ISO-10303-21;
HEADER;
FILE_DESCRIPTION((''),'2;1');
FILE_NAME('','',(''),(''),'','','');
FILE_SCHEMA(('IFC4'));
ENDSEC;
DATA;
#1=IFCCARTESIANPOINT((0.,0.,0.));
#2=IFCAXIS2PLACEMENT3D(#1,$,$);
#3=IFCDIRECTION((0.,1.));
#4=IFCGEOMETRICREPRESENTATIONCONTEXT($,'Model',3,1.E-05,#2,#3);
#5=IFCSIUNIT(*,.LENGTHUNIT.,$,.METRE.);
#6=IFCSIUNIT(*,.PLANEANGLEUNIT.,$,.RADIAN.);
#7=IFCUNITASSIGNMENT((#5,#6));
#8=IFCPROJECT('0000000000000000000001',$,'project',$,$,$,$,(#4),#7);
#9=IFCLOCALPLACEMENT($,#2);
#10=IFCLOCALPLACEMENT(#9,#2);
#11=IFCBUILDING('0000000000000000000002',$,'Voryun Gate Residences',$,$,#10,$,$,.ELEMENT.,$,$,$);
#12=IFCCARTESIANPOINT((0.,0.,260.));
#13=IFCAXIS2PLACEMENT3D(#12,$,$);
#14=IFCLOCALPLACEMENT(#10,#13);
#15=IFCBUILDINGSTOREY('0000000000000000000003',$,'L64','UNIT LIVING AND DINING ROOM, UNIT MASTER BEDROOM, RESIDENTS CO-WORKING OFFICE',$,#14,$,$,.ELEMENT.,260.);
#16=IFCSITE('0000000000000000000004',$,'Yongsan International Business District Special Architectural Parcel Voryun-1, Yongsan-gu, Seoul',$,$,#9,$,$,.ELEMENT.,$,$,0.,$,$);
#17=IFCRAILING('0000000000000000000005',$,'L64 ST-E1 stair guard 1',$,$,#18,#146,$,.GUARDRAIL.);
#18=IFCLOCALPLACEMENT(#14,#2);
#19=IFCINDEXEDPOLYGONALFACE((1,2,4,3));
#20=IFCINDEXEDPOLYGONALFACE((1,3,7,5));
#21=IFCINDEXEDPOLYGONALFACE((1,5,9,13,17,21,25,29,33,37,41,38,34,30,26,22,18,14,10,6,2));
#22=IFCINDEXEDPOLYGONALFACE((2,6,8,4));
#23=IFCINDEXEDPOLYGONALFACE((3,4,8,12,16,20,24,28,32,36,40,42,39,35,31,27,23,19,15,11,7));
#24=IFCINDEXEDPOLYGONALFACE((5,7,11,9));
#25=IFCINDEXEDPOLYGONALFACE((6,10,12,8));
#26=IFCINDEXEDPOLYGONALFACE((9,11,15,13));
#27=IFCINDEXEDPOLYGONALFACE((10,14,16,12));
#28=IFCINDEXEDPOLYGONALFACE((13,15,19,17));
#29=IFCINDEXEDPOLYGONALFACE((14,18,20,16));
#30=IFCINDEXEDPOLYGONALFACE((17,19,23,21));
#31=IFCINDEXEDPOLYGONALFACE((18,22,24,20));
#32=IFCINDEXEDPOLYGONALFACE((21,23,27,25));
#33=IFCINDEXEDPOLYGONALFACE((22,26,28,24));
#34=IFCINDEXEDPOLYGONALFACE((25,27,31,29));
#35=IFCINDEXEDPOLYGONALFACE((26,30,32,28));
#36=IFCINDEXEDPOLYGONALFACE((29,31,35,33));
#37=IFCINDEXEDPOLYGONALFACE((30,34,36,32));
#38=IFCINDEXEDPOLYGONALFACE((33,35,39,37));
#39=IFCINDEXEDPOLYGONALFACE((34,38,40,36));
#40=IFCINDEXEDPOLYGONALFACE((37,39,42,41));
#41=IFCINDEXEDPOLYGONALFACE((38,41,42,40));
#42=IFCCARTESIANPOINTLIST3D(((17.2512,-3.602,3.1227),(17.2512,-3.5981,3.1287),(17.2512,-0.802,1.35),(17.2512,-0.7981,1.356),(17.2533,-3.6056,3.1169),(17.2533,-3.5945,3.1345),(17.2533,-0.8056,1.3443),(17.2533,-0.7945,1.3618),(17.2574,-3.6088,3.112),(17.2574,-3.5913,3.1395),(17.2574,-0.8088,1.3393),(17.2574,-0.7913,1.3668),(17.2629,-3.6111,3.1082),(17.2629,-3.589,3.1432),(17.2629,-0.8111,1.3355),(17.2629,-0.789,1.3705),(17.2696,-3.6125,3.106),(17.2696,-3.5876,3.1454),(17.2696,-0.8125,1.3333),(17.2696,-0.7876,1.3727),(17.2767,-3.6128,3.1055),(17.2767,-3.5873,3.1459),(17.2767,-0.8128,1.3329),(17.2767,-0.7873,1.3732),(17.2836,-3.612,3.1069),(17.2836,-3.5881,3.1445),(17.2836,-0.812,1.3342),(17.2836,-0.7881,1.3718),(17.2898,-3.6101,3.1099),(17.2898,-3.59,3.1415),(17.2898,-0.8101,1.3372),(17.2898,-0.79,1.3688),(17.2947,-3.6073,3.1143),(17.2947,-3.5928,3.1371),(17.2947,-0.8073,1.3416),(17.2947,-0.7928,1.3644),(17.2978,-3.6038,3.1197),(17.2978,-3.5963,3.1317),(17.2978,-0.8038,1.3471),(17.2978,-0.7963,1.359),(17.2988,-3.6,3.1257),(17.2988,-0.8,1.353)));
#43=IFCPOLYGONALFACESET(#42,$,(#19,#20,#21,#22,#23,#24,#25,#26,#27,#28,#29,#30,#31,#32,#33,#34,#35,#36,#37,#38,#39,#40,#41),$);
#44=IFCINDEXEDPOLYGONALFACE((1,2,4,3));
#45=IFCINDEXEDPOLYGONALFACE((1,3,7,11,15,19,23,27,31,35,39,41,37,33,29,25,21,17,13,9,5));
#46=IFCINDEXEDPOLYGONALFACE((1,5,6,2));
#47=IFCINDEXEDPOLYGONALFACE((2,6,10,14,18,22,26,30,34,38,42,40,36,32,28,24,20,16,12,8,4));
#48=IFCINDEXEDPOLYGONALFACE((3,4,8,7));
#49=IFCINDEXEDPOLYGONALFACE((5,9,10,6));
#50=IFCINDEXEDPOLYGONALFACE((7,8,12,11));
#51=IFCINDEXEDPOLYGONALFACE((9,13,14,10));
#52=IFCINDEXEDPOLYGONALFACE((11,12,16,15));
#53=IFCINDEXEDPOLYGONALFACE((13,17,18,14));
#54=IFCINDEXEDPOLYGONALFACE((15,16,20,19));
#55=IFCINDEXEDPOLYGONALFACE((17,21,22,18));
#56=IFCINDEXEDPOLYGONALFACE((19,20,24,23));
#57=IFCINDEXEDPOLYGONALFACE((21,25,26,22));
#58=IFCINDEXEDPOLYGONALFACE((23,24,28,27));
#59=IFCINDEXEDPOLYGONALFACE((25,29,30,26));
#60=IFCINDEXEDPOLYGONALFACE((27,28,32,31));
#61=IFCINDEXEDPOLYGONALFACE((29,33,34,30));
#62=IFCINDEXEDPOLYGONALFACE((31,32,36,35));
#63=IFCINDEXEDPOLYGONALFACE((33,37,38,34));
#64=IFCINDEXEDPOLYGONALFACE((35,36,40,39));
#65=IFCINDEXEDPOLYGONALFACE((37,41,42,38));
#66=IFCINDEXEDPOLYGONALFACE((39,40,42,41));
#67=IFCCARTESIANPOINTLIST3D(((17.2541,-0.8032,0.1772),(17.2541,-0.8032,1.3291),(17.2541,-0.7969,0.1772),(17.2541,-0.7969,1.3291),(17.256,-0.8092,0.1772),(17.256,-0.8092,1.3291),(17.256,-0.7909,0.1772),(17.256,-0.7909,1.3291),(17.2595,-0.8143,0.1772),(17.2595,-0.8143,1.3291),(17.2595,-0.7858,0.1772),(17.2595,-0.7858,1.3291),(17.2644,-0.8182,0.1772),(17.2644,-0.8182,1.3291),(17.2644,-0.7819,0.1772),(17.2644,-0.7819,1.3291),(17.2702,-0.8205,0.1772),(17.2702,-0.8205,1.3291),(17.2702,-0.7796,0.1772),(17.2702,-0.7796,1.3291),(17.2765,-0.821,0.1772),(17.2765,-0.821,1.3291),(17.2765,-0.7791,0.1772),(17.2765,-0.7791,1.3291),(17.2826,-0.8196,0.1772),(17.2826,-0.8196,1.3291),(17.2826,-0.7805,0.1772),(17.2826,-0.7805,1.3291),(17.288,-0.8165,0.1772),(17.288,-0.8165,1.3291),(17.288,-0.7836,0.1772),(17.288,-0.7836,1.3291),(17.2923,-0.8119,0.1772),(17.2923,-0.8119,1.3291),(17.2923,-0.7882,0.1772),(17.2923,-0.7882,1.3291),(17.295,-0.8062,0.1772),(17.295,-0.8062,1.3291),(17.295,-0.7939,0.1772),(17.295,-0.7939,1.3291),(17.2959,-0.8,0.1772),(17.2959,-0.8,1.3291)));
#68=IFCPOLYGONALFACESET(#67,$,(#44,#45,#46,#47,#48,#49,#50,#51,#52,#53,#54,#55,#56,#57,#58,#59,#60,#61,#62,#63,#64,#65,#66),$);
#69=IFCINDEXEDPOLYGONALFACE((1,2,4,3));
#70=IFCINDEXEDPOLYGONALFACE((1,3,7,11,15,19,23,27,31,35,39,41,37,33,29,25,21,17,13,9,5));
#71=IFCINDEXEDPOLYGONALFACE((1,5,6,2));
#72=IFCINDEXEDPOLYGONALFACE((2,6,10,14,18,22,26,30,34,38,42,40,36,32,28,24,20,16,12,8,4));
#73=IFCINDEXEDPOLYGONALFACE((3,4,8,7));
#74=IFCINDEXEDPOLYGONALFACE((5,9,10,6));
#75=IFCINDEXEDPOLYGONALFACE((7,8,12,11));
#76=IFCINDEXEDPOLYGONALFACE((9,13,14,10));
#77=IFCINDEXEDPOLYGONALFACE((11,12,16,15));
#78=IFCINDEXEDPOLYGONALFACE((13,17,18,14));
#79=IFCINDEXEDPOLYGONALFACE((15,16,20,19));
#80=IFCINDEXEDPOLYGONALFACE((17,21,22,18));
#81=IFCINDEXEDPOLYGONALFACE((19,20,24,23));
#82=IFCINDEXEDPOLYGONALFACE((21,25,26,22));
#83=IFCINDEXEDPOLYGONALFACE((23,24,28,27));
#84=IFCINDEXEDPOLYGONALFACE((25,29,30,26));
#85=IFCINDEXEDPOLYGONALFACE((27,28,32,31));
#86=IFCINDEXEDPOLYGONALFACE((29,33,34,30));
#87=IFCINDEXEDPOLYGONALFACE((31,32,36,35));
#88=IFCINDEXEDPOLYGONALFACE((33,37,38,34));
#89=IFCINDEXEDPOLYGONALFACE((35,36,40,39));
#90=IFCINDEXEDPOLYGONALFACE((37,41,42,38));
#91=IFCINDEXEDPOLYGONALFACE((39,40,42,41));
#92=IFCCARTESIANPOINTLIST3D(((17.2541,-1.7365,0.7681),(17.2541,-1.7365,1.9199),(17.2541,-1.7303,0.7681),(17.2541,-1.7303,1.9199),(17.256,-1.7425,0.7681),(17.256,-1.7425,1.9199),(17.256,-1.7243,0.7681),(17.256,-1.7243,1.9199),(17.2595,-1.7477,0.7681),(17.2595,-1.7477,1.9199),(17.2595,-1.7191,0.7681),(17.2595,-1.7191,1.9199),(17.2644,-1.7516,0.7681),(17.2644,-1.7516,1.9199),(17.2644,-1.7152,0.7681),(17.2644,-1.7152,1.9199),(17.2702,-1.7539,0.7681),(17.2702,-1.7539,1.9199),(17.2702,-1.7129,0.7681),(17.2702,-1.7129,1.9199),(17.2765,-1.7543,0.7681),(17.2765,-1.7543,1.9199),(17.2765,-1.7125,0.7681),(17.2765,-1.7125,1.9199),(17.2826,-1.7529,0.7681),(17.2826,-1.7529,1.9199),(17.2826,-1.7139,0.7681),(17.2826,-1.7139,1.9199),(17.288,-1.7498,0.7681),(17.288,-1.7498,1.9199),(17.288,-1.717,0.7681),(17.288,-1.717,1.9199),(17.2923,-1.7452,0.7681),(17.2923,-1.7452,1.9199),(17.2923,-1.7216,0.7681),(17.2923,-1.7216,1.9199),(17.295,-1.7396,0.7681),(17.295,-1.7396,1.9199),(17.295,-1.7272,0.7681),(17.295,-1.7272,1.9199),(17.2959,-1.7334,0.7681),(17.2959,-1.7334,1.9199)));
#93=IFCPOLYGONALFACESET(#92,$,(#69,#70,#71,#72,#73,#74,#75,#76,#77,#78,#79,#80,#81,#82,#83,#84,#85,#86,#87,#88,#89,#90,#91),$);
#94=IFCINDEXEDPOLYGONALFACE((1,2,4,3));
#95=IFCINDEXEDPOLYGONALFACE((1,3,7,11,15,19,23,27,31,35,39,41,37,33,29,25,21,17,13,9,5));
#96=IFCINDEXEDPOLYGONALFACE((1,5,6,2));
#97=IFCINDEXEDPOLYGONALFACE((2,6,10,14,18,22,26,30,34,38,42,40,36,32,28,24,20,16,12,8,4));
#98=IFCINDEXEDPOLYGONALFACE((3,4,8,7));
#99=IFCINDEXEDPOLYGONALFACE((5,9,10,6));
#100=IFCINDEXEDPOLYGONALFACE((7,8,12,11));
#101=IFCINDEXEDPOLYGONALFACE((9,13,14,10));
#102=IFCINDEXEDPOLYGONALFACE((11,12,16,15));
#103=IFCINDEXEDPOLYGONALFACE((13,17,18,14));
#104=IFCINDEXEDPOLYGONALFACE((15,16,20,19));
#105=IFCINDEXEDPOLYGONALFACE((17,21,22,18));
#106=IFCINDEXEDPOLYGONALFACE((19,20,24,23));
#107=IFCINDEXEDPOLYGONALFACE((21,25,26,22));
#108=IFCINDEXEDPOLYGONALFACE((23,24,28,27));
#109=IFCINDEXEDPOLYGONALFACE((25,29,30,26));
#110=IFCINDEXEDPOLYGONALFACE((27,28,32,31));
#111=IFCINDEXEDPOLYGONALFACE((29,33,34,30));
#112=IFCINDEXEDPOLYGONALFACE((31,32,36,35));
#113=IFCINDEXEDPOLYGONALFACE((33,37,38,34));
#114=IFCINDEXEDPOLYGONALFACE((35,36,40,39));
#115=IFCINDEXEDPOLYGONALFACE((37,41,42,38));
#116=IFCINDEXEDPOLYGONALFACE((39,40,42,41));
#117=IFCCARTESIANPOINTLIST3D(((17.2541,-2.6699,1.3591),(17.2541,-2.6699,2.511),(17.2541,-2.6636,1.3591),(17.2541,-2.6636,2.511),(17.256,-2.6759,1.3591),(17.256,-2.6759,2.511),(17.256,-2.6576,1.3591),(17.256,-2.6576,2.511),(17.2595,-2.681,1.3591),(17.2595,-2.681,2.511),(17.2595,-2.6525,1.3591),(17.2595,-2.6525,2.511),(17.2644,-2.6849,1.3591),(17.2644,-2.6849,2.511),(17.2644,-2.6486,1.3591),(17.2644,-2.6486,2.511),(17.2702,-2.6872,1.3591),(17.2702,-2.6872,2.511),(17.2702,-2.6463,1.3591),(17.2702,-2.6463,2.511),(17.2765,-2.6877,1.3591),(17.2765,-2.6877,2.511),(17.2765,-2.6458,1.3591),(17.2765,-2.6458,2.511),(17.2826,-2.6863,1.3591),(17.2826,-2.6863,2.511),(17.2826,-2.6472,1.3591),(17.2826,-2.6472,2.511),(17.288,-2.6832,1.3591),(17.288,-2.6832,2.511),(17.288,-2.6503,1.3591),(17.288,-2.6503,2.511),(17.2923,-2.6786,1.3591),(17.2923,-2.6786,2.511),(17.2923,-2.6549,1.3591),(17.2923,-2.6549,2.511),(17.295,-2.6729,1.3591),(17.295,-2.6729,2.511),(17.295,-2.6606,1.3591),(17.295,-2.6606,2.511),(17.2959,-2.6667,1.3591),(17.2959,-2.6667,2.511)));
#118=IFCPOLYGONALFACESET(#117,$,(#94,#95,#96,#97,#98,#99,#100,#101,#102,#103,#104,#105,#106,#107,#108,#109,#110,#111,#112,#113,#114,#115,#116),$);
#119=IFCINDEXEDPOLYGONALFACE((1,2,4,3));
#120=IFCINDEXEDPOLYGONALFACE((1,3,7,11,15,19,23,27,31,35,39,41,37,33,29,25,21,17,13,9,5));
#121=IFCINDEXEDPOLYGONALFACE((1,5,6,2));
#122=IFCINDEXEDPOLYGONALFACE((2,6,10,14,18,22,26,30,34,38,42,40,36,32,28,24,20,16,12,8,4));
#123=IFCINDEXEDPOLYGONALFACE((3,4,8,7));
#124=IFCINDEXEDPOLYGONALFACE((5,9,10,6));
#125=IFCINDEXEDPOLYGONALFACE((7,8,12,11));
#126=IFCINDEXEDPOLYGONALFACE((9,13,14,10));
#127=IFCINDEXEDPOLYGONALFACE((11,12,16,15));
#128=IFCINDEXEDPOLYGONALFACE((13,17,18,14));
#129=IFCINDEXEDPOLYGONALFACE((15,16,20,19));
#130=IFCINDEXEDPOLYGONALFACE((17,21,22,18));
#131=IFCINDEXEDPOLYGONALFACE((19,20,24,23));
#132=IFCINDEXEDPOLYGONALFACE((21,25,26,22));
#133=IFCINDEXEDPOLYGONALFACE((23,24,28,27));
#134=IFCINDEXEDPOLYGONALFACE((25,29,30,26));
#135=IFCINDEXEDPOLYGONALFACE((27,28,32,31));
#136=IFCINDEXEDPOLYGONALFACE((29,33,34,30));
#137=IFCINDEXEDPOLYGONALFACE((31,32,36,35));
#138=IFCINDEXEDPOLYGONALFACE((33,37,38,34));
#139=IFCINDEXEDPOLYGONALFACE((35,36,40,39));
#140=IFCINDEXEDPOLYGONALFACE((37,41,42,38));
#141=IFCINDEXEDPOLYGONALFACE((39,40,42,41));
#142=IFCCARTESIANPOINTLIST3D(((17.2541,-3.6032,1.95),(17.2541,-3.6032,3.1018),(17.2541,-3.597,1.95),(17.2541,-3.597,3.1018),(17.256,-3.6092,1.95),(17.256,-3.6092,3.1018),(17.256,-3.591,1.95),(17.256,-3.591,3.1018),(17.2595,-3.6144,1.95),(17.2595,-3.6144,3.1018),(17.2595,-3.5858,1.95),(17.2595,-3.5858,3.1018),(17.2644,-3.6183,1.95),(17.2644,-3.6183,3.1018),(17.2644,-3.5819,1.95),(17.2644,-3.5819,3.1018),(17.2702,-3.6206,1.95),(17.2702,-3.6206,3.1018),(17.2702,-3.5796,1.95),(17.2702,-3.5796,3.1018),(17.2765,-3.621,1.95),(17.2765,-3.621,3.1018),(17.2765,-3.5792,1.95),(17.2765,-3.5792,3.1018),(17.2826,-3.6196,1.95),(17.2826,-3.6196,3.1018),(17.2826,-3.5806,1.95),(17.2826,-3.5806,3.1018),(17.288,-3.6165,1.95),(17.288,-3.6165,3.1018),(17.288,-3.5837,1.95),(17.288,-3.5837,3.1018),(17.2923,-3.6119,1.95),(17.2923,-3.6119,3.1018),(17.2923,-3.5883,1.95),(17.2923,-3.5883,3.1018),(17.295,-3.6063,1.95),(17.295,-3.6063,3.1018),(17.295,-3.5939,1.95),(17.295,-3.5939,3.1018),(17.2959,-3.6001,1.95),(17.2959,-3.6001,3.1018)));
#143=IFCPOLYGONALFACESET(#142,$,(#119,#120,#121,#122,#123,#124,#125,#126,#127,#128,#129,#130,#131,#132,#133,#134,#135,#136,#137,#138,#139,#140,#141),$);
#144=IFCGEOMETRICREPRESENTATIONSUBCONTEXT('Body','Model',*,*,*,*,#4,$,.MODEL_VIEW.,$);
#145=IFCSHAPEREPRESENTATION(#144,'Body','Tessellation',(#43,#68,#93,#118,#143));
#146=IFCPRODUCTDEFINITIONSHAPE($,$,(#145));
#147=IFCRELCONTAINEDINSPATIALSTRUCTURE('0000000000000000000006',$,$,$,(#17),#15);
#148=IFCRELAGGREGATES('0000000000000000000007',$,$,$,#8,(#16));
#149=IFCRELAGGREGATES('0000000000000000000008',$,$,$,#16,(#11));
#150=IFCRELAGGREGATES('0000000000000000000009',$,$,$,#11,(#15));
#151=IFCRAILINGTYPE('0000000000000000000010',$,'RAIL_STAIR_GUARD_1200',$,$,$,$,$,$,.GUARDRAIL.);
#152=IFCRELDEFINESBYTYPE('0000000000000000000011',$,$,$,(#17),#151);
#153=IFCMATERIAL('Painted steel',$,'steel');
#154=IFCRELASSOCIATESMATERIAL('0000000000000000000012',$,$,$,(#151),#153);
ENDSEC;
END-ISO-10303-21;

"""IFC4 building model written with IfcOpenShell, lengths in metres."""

from ifc_helpers import new_model, si_unit, direction, frame, origin, origin_2d, place, context, subcontext, project, spatial, circle, extrude, material, type_object, element, save


model = new_model("IFC4")

# Units and contexts
model_context = context("Model", 3, precision=1e-05, world=origin(), true_north=direction((0.0, 1.0)))
body_context = subcontext(model_context, "Body", "Model", "MODEL_VIEW")
ifc_project = project(units=[si_unit("LENGTHUNIT", "METRE"), si_unit("PLANEANGLEUNIT", "RADIAN")], contexts=[model_context])

# Site, building, storey
site_placement = place(None, origin())
site = spatial("IfcSite", under=ifc_project, at=site_placement, Name="Yongsan International Business District Special Architectural Parcel Voryun-1, Yongsan-gu, Seoul", CompositionType="ELEMENT", RefElevation=0.0)
building_placement = place(site_placement, origin())
building = spatial("IfcBuilding", under=site, at=building_placement, Name="Voryun Gate Residences", CompositionType="ELEMENT")
storey_placement = place(building_placement, frame((0.0, 0.0, 260.0)))
storey = spatial("IfcBuildingStorey", under=building, at=storey_placement, Name="L64", Description="UNIT LIVING AND DINING ROOM, UNIT MASTER BEDROOM, RESIDENTS CO-WORKING OFFICE", CompositionType="ELEMENT", Elevation=260.0)

# Railing
ifc_material_1 = material(Name="Painted steel", Category="steel")
railing_type_1 = type_object("IfcRailingType", Name="RAIL_STAIR_GUARD_1200", PredefinedType="GUARDRAIL", material=ifc_material_1)
railing_1_placement = place(storey_placement, frame((17.2749, -0.8, 0.1772)))
element("IfcRailing", 1, at=railing_1_placement, inside=storey, type_object=railing_type_1, Name="L64 ST-E1 stair guard 1", PredefinedType="GUARDRAIL", context=body_context, shape_type="SweptSolid", body=[
    extrude(circle(Radius=0.0239, at=origin_2d()), frame((0.0, 0.0, 1.1758), z_axis=(0.0, -0.844909, 0.53491), x_axis=(1.0, 0.0, 0.0)), (0.0, 0.0, 1.0), 3.314),
    extrude(circle(Radius=0.021, at=origin_2d()), origin(), (0.0, 0.0, 1.0), 1.1519),
    extrude(circle(Radius=0.021, at=origin_2d()), frame((0.0, -0.9333, 0.5908)), (0.0, 0.0, 1.0), 1.1519),
    extrude(circle(Radius=0.021, at=origin_2d()), frame((0.0, -1.8667, 1.1819)), (0.0, 0.0, 1.0), 1.1519),
    extrude(circle(Radius=0.021, at=origin_2d()), frame((0.0, -2.8, 1.7727)), (0.0, 0.0, 1.0), 1.1519),
])

save(model, "model.ifc")
